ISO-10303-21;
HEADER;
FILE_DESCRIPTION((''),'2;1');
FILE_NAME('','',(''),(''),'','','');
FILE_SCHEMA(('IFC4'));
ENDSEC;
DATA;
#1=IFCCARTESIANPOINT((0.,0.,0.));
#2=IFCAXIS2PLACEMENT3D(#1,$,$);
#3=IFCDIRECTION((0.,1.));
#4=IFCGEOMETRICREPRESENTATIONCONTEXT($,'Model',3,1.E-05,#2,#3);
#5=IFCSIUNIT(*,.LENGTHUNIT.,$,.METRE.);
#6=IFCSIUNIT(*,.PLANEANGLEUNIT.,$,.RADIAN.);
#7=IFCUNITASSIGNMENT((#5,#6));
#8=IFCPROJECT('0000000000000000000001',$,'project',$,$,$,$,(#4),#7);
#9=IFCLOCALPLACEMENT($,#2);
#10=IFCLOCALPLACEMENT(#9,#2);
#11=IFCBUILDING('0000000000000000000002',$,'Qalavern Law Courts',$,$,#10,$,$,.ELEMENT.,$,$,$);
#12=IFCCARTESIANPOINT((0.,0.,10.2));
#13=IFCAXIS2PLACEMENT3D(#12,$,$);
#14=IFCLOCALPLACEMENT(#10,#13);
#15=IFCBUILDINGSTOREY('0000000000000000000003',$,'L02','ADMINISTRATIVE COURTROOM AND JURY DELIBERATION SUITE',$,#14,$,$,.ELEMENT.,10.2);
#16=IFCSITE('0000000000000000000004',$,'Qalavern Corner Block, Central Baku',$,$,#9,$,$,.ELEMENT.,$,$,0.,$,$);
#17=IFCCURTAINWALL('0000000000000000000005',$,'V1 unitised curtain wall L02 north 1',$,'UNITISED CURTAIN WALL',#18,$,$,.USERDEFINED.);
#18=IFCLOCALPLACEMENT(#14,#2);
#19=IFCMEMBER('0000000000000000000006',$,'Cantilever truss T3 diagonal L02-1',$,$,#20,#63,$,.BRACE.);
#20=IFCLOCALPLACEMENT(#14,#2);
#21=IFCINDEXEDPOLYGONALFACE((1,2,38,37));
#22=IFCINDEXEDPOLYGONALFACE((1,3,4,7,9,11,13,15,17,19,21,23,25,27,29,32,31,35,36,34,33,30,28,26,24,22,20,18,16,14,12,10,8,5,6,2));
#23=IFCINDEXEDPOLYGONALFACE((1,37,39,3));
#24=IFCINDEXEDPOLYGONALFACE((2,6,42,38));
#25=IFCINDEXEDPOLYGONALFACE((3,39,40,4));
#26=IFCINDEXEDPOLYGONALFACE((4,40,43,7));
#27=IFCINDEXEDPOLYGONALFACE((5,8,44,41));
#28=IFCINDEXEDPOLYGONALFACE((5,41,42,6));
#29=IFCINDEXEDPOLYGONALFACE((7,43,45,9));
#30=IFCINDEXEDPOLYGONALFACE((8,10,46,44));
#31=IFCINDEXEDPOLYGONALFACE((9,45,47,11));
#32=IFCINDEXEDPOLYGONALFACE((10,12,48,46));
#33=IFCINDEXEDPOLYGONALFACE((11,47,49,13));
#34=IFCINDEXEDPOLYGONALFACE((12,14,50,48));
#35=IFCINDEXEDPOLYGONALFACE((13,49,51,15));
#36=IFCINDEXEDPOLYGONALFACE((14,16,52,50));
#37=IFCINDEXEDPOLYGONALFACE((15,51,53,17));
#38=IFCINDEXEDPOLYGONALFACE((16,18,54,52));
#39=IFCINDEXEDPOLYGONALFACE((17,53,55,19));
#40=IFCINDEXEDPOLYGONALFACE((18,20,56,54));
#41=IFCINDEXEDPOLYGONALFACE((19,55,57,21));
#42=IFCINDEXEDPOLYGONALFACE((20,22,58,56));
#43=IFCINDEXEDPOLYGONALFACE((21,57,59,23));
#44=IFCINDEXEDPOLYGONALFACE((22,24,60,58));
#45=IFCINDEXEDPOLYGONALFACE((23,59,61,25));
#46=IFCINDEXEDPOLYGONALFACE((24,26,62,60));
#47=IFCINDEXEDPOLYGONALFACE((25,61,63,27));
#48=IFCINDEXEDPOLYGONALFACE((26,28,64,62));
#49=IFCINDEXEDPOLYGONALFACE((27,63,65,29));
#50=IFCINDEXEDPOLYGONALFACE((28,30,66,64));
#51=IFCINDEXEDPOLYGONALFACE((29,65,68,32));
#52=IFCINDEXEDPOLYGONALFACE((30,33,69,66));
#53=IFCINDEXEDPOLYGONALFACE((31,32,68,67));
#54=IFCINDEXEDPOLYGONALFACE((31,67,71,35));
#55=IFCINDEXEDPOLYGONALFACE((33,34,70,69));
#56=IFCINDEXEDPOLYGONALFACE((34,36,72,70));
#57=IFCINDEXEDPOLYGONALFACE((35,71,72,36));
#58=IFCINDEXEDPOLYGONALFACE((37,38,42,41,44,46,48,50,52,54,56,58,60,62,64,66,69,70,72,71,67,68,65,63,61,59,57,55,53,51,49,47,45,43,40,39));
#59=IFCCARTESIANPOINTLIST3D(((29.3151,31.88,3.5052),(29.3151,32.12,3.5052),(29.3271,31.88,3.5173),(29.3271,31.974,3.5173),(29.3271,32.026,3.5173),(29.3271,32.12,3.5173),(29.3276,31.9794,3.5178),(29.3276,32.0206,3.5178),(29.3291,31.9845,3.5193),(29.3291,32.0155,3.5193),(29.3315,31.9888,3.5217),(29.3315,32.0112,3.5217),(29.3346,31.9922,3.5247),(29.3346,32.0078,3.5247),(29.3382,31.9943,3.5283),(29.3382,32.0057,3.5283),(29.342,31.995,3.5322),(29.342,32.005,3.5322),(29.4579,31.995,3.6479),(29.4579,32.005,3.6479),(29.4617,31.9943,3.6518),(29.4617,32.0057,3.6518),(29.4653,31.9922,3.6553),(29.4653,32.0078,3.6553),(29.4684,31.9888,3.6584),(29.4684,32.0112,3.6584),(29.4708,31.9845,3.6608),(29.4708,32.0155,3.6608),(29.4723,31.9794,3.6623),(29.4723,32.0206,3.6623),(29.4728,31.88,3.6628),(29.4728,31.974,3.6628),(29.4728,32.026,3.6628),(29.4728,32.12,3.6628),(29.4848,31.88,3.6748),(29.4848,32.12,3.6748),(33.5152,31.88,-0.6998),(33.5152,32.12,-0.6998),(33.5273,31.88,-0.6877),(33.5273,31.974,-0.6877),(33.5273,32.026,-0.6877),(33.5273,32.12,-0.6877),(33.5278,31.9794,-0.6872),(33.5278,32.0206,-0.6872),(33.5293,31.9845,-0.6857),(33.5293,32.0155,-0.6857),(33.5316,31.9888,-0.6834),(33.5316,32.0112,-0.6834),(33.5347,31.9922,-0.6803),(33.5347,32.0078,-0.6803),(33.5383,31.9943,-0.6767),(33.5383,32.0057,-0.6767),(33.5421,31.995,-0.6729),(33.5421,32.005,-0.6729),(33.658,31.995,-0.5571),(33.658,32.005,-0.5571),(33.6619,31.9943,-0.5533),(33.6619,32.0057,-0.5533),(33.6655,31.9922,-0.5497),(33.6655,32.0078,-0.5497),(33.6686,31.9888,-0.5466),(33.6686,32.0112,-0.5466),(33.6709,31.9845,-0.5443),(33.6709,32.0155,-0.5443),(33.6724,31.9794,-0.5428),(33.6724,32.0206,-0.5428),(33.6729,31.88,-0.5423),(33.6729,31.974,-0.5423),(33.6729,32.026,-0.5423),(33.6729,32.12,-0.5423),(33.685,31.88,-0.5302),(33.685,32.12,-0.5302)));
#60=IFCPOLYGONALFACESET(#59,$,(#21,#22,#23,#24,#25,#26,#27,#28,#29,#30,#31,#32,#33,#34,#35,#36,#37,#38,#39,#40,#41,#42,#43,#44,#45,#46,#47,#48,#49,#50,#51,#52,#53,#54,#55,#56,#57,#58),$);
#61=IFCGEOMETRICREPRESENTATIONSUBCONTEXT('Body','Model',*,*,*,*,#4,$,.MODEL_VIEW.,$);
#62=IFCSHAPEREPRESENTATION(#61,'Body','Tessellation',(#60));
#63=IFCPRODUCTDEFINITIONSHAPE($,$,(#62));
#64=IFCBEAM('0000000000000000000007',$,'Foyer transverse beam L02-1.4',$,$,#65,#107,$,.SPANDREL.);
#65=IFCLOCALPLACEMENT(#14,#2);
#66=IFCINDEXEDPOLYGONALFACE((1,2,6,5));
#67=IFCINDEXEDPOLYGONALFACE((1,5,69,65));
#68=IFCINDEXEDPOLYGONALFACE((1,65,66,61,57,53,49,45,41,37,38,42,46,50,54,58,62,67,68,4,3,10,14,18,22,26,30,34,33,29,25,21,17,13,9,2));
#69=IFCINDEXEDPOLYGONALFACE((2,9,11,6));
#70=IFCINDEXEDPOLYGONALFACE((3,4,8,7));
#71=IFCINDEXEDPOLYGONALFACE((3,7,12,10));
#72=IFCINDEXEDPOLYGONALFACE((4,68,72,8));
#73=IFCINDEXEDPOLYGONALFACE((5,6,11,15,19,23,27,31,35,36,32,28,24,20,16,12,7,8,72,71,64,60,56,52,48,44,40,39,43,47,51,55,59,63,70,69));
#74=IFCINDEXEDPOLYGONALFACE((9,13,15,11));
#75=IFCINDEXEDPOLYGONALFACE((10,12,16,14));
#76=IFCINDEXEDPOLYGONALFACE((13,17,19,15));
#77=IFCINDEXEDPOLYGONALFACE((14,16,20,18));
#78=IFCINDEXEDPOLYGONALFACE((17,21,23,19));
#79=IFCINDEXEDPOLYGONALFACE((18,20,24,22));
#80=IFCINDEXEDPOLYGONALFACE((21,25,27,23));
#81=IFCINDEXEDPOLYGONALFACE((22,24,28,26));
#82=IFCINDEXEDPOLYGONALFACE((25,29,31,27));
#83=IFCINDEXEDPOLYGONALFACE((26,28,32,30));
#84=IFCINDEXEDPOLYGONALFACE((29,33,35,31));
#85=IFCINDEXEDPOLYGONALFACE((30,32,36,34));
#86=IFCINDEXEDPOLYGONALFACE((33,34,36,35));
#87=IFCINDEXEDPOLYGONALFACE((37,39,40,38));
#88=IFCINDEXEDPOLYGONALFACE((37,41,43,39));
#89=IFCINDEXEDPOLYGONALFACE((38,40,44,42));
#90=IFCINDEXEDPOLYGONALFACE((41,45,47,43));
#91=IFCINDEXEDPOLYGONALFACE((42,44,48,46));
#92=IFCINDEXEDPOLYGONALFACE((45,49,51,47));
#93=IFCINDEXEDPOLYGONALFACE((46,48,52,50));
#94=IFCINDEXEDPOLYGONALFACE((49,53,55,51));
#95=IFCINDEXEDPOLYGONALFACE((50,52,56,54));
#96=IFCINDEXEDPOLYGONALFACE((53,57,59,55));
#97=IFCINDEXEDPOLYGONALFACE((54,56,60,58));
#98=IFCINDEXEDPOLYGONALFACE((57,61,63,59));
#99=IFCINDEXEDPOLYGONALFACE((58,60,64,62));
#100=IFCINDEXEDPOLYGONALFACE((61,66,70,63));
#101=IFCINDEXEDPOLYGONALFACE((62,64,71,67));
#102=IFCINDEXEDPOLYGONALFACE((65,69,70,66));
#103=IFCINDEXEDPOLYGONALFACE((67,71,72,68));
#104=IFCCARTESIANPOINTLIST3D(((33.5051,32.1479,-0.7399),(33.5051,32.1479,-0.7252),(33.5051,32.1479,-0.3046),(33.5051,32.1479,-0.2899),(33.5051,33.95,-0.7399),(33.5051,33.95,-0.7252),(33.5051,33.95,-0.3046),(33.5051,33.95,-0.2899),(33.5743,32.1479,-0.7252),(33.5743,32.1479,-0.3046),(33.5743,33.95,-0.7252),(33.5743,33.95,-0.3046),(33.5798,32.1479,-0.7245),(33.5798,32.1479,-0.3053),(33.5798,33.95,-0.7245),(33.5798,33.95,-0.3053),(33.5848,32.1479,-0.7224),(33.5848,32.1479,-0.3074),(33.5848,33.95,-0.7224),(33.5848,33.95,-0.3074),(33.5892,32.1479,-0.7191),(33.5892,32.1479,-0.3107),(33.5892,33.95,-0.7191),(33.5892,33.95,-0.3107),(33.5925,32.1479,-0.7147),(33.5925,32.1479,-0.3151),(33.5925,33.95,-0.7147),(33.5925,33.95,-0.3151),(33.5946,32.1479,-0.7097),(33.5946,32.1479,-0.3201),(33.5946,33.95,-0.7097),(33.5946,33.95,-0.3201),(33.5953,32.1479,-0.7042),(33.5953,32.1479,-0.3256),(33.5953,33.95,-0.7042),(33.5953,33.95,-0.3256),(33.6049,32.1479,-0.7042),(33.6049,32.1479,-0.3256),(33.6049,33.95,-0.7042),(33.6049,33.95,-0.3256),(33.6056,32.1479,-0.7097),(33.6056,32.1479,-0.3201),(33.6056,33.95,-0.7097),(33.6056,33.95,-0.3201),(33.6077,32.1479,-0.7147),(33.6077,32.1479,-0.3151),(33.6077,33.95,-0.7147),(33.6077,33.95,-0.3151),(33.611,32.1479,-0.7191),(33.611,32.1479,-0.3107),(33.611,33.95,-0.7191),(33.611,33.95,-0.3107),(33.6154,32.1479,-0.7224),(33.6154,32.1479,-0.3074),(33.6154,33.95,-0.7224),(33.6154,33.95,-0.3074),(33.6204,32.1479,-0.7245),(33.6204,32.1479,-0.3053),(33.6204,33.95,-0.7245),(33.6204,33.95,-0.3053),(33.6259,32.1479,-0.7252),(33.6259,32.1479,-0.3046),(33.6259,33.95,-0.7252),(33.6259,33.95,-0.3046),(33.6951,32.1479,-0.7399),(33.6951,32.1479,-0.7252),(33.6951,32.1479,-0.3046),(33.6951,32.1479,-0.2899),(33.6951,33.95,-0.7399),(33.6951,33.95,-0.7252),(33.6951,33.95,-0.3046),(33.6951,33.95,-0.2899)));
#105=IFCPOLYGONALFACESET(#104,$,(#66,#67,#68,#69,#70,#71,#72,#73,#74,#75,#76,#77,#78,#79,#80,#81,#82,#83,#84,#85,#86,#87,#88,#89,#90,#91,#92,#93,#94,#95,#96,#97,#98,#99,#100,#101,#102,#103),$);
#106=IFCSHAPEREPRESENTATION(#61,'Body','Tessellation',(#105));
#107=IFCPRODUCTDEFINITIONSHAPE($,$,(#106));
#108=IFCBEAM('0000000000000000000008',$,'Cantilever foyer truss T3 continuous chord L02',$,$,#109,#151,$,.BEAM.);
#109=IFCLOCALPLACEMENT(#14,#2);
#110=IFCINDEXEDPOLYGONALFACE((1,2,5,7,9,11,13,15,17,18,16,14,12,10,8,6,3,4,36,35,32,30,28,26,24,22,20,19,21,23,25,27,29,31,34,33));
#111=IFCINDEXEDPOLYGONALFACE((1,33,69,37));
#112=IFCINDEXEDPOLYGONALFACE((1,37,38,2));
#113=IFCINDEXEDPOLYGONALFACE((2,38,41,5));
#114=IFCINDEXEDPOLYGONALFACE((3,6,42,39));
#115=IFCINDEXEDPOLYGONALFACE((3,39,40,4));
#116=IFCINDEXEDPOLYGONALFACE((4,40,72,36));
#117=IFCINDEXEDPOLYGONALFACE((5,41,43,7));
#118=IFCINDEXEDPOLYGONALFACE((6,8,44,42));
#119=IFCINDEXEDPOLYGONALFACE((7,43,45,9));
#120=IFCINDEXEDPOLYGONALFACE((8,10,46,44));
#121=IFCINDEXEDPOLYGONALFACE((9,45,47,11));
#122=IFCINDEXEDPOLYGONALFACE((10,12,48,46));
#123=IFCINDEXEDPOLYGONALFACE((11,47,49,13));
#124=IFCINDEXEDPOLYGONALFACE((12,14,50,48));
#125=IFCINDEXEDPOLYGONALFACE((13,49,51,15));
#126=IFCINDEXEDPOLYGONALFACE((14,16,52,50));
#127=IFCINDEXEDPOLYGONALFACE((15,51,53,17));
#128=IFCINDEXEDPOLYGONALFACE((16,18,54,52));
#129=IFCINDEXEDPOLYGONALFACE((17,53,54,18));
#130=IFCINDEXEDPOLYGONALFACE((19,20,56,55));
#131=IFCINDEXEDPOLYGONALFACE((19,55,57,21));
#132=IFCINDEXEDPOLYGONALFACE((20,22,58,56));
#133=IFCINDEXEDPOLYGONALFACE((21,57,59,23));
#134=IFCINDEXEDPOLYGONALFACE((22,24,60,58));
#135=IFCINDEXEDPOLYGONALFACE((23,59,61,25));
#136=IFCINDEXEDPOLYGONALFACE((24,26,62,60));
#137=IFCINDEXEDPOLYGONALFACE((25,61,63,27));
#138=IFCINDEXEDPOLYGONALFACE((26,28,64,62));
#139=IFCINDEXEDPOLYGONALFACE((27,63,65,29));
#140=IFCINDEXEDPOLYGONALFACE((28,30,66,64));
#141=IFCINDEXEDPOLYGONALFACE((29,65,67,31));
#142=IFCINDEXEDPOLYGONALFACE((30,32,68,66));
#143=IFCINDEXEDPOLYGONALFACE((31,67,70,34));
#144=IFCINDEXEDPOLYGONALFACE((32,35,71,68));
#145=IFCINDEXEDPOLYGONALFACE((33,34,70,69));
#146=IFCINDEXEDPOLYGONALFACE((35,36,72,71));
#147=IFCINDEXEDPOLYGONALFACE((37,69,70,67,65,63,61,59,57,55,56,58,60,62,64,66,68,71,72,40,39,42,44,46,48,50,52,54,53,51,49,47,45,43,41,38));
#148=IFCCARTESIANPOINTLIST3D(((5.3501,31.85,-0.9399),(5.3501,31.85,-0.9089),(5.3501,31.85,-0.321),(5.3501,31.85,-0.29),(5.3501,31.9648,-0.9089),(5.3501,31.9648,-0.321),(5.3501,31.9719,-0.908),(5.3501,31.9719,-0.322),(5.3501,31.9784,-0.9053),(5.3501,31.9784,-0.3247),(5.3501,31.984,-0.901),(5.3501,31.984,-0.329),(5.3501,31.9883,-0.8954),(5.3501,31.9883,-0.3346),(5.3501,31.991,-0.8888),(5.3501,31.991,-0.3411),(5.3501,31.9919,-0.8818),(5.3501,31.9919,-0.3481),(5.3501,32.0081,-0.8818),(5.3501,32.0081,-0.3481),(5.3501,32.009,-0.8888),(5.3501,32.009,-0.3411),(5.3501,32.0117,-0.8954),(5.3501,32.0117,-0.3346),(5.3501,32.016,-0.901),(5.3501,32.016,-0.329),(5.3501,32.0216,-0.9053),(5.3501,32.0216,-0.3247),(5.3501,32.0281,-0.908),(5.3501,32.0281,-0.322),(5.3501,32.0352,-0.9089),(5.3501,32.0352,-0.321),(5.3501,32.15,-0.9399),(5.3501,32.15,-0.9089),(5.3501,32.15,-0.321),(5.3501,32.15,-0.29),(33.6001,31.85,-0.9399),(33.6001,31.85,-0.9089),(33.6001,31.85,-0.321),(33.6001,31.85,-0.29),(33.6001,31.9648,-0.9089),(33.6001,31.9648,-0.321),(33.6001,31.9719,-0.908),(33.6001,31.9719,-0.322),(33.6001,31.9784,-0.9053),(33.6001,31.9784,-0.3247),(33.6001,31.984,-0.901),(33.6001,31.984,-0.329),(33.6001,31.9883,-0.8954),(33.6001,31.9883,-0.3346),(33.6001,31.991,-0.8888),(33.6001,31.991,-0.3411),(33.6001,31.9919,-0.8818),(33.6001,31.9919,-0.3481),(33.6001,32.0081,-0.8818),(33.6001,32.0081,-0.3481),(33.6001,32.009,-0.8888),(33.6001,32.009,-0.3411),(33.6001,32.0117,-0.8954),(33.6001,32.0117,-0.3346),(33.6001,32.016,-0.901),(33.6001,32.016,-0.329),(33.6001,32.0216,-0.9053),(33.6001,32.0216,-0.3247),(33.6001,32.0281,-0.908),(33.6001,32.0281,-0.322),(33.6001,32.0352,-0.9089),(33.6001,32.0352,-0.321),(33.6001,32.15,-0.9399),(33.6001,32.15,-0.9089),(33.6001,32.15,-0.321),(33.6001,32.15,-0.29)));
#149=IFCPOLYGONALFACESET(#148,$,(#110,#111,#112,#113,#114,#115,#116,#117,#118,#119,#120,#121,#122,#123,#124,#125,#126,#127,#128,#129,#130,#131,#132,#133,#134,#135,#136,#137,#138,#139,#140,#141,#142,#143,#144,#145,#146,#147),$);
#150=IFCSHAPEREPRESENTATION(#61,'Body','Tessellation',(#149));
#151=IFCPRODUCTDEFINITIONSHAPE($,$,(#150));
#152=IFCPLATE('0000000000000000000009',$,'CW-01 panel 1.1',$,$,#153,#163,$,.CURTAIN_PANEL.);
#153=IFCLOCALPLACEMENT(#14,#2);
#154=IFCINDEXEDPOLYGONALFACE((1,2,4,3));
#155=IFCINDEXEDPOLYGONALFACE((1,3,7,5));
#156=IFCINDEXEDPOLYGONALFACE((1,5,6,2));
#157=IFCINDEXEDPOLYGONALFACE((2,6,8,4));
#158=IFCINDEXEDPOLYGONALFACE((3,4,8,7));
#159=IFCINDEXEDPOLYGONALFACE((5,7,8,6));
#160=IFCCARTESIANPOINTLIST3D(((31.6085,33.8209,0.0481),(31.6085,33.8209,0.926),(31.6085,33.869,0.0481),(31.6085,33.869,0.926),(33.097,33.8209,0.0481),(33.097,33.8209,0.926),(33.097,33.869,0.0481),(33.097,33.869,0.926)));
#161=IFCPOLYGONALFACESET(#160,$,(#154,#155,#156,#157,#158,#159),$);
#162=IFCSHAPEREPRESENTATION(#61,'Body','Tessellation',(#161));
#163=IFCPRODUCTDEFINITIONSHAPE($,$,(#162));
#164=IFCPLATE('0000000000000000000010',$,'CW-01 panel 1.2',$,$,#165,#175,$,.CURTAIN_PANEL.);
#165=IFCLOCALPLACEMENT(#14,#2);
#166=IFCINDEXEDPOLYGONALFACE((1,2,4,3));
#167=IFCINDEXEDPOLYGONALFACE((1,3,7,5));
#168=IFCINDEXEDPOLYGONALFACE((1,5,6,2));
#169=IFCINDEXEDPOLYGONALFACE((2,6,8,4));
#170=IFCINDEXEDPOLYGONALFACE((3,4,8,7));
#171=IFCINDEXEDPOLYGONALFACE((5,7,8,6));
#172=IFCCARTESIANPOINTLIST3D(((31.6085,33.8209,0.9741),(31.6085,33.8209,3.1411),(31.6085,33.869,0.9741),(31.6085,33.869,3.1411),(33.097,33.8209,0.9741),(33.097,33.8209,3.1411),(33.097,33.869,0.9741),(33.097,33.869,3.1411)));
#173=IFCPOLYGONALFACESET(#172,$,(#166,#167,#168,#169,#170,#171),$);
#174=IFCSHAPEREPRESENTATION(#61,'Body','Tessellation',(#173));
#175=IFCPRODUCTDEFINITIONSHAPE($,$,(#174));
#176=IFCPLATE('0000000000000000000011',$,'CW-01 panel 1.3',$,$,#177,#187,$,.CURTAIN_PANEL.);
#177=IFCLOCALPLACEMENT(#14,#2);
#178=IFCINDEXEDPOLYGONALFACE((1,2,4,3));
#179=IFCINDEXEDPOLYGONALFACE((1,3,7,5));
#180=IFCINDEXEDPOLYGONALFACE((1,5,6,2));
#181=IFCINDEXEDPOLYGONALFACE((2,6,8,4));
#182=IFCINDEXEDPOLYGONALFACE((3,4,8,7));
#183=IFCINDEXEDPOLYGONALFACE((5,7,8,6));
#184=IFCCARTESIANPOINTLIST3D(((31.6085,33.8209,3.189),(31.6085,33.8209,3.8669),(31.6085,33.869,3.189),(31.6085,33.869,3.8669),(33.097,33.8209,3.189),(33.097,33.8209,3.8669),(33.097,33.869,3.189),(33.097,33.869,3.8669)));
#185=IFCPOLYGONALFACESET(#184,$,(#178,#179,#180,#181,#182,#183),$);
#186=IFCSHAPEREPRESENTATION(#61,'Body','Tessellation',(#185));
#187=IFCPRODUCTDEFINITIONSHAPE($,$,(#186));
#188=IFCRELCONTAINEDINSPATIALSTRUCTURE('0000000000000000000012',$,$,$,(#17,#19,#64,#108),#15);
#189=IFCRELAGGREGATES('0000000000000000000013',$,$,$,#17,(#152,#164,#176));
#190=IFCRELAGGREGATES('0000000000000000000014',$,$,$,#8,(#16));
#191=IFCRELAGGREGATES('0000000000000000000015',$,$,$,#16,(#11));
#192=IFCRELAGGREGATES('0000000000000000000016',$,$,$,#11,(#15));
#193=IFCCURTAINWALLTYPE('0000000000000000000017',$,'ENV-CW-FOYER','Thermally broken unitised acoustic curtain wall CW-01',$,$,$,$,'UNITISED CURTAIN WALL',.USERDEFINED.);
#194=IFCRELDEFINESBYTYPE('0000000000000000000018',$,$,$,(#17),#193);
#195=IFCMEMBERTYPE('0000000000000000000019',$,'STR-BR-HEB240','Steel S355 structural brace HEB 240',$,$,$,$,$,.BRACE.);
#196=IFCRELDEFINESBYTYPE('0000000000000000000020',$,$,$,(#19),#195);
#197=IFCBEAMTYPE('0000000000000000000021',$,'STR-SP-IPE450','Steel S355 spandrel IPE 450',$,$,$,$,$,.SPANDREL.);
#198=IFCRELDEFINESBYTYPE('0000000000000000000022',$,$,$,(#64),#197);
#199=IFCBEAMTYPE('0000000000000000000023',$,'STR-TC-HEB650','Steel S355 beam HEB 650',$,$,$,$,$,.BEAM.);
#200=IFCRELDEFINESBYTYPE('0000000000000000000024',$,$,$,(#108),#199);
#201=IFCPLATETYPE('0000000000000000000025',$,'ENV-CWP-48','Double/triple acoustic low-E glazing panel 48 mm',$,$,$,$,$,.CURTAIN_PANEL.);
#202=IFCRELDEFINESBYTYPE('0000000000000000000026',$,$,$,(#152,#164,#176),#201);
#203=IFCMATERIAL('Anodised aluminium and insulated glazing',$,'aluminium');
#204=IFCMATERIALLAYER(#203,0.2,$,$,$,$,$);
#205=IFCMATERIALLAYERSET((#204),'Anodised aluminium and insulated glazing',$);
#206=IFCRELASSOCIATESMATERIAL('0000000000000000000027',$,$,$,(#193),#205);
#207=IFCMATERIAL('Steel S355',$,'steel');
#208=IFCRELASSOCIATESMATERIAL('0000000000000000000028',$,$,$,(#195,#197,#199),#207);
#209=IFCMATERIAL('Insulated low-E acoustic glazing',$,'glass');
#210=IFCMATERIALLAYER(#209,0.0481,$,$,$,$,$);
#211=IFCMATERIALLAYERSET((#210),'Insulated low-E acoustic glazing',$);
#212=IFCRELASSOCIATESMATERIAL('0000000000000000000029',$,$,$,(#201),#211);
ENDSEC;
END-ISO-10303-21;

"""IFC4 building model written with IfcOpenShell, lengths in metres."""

from ifc_helpers import new_model, si_unit, direction, frame, origin, origin_2d, place, context, subcontext, project, spatial, rectangle, i_section, extrude, material, layer, layer_set, material_profile, profile_set, type_object, element, aggregate, save


model = new_model("IFC4")

# Units and contexts
model_context = context("Model", 3, precision=1e-05, world=origin(), true_north=direction((0.0, 1.0)))
body_context = subcontext(model_context, "Body", "Model", "MODEL_VIEW")
ifc_project = project(units=[si_unit("LENGTHUNIT", "METRE"), si_unit("PLANEANGLEUNIT", "RADIAN")], contexts=[model_context])

# Site, building, storey
site_placement = place(None, origin())
site = spatial("IfcSite", under=ifc_project, at=site_placement, Name="Qalavern Corner Block, Central Baku", CompositionType="ELEMENT", RefElevation=0.0)
building_placement = place(site_placement, origin())
building = spatial("IfcBuilding", under=site, at=building_placement, Name="Qalavern Law Courts", CompositionType="ELEMENT")
storey_placement = place(building_placement, frame((0.0, 0.0, 10.2)))
storey = spatial("IfcBuildingStorey", under=building, at=storey_placement, Name="L02", Description="ADMINISTRATIVE COURTROOM AND JURY DELIBERATION SUITE", CompositionType="ELEMENT", Elevation=10.2)

# Curtain wall
ifc_material_1 = material(Name="Anodised aluminium and insulated glazing", Category="aluminium")
ifc_layer_1 = layer(ifc_material_1, 0.2)
ifc_layer_set_1 = layer_set([ifc_layer_1], Name="Anodised aluminium and insulated glazing")
curtain_wall_type = type_object("IfcCurtainWallType", Name="ENV-CW-FOYER", Description="Thermally broken unitised acoustic curtain wall CW-01", ElementType="UNITISED CURTAIN WALL", PredefinedType="USERDEFINED", material=ifc_layer_set_1)
curtain_wall_placement = place(storey_placement, origin())
curtain_wall = element("IfcCurtainWall", 1, at=curtain_wall_placement, inside=storey, type_object=curtain_wall_type, Name="V1 unitised curtain wall L02 north 1", ObjectType="UNITISED CURTAIN WALL", PredefinedType="USERDEFINED")

# Member
ifc_material_2 = material(Name="Steel S355", Category="steel")
ifc_material_profile_1 = material_profile(ifc_material_2, i_section(OverallWidth=0.24, OverallDepth=0.24, WebThickness=0.01, FlangeThickness=0.0171, FilletRadius=0.021, at=origin_2d()), Name="HEB 240")
ifc_profile_set_1 = profile_set([ifc_material_profile_1], Name="Steel S355")
member_type_1 = type_object("IfcMemberType", Name="STR-BR-HEB240", Description="Steel S355 structural brace HEB 240", PredefinedType="BRACE", material=ifc_profile_set_1)
member_1_placement = place(storey_placement, frame((33.6001, 32.0, -0.615), z_axis=(-0.706696, 0.0, 0.707517), x_axis=(0.0, -1.0, 0.0)))
element("IfcMember", 2, at=member_1_placement, inside=storey, type_object=member_type_1, Name="Cantilever truss T3 diagonal L02-1", PredefinedType="BRACE", context=body_context, shape_type="SweptSolid", body=[
    extrude(i_section(OverallWidth=0.24, OverallDepth=0.24, WebThickness=0.01, FlangeThickness=0.0171, FilletRadius=0.021, at=origin_2d()), origin(), (0.0, 0.0, 1.0), 5.9434),
])

# Beams
ifc_material_profile_2 = material_profile(ifc_material_2, i_section(OverallWidth=0.1899, OverallDepth=0.45, WebThickness=0.0095, FlangeThickness=0.0146, FilletRadius=0.021, at=origin_2d()), Name="IPE 450")
ifc_profile_set_2 = profile_set([ifc_material_profile_2], Name="Steel S355")
beam_type_1 = type_object("IfcBeamType", Name="STR-SP-IPE450", Description="Steel S355 spandrel IPE 450", PredefinedType="SPANDREL", material=ifc_profile_set_2)
beam_1_placement = place(storey_placement, frame((33.6001, 32.1479, -0.5149), z_axis=(0.0, 1.0, 0.0), x_axis=(-1.0, 0.0, 0.0)))
element("IfcBeam", 3, at=beam_1_placement, inside=storey, type_object=beam_type_1, Name="Foyer transverse beam L02-1.4", PredefinedType="SPANDREL", context=body_context, shape_type="SweptSolid", body=[
    extrude(i_section(OverallWidth=0.1899, OverallDepth=0.45, WebThickness=0.0095, FlangeThickness=0.0146, FilletRadius=0.021, at=origin_2d()), origin(), (0.0, 0.0, 1.0), 1.802),
])
ifc_material_profile_3 = material_profile(ifc_material_2, i_section(OverallWidth=0.3, OverallDepth=0.6499, WebThickness=0.0161, FlangeThickness=0.031, FilletRadius=0.0271, at=origin_2d()), Name="HEB 650")
ifc_profile_set_3 = profile_set([ifc_material_profile_3], Name="Steel S355")
beam_type_2 = type_object("IfcBeamType", Name="STR-TC-HEB650", Description="Steel S355 beam HEB 650", PredefinedType="BEAM", material=ifc_profile_set_3)
beam_2_placement = place(storey_placement, frame((33.6001, 32.0, -0.615), z_axis=(-1.0, 0.0, 0.0), x_axis=(0.0, -1.0, 0.0)))
element("IfcBeam", 4, at=beam_2_placement, inside=storey, type_object=beam_type_2, Name="Cantilever foyer truss T3 continuous chord L02", PredefinedType="BEAM", context=body_context, shape_type="SweptSolid", body=[
    extrude(i_section(OverallWidth=0.3, OverallDepth=0.6499, WebThickness=0.0161, FlangeThickness=0.031, FilletRadius=0.0271, at=origin_2d()), origin(), (0.0, 0.0, 1.0), 28.25),
])

# Plates
ifc_material_3 = material(Name="Insulated low-E acoustic glazing", Category="glass")
ifc_layer_2 = layer(ifc_material_3, 0.0481)
ifc_layer_set_2 = layer_set([ifc_layer_2], Name="Insulated low-E acoustic glazing")
plate_type = type_object("IfcPlateType", Name="ENV-CWP-48", Description="Double/triple acoustic low-E glazing panel 48 mm", PredefinedType="CURTAIN_PANEL", material=ifc_layer_set_2)
plate_1_placement = place(storey_placement, frame((32.3528, 33.845, 0.0481), z_axis=(0.0, 0.0, 1.0), x_axis=(-1.0, 0.0, 0.0)))
plate_1 = element("IfcPlate", 5, at=plate_1_placement, type_object=plate_type, Name="CW-01 panel 1.1", PredefinedType="CURTAIN_PANEL", context=body_context, shape_type="SweptSolid", body=[
    extrude(rectangle(XDim=1.4885, YDim=0.0481, at=origin_2d()), origin(), (0.0, 0.0, 1.0), 0.8779),
])
plate_2_placement = place(storey_placement, frame((32.3528, 33.845, 0.9741), z_axis=(0.0, 0.0, 1.0), x_axis=(-1.0, 0.0, 0.0)))
plate_2 = element("IfcPlate", 6, at=plate_2_placement, type_object=plate_type, Name="CW-01 panel 1.2", PredefinedType="CURTAIN_PANEL", context=body_context, shape_type="SweptSolid", body=[
    extrude(rectangle(XDim=1.4885, YDim=0.0481, at=origin_2d()), origin(), (0.0, 0.0, 1.0), 2.167),
])
plate_3_placement = place(storey_placement, frame((32.3528, 33.845, 3.189), z_axis=(0.0, 0.0, 1.0), x_axis=(-1.0, 0.0, 0.0)))
plate_3 = element("IfcPlate", 7, at=plate_3_placement, type_object=plate_type, Name="CW-01 panel 1.3", PredefinedType="CURTAIN_PANEL", context=body_context, shape_type="SweptSolid", body=[
    extrude(rectangle(XDim=1.4885, YDim=0.0481, at=origin_2d()), origin(), (0.0, 0.0, 1.0), 0.678),
])
aggregate(curtain_wall, [plate_1, plate_2, plate_3])

save(model, "model.ifc")
